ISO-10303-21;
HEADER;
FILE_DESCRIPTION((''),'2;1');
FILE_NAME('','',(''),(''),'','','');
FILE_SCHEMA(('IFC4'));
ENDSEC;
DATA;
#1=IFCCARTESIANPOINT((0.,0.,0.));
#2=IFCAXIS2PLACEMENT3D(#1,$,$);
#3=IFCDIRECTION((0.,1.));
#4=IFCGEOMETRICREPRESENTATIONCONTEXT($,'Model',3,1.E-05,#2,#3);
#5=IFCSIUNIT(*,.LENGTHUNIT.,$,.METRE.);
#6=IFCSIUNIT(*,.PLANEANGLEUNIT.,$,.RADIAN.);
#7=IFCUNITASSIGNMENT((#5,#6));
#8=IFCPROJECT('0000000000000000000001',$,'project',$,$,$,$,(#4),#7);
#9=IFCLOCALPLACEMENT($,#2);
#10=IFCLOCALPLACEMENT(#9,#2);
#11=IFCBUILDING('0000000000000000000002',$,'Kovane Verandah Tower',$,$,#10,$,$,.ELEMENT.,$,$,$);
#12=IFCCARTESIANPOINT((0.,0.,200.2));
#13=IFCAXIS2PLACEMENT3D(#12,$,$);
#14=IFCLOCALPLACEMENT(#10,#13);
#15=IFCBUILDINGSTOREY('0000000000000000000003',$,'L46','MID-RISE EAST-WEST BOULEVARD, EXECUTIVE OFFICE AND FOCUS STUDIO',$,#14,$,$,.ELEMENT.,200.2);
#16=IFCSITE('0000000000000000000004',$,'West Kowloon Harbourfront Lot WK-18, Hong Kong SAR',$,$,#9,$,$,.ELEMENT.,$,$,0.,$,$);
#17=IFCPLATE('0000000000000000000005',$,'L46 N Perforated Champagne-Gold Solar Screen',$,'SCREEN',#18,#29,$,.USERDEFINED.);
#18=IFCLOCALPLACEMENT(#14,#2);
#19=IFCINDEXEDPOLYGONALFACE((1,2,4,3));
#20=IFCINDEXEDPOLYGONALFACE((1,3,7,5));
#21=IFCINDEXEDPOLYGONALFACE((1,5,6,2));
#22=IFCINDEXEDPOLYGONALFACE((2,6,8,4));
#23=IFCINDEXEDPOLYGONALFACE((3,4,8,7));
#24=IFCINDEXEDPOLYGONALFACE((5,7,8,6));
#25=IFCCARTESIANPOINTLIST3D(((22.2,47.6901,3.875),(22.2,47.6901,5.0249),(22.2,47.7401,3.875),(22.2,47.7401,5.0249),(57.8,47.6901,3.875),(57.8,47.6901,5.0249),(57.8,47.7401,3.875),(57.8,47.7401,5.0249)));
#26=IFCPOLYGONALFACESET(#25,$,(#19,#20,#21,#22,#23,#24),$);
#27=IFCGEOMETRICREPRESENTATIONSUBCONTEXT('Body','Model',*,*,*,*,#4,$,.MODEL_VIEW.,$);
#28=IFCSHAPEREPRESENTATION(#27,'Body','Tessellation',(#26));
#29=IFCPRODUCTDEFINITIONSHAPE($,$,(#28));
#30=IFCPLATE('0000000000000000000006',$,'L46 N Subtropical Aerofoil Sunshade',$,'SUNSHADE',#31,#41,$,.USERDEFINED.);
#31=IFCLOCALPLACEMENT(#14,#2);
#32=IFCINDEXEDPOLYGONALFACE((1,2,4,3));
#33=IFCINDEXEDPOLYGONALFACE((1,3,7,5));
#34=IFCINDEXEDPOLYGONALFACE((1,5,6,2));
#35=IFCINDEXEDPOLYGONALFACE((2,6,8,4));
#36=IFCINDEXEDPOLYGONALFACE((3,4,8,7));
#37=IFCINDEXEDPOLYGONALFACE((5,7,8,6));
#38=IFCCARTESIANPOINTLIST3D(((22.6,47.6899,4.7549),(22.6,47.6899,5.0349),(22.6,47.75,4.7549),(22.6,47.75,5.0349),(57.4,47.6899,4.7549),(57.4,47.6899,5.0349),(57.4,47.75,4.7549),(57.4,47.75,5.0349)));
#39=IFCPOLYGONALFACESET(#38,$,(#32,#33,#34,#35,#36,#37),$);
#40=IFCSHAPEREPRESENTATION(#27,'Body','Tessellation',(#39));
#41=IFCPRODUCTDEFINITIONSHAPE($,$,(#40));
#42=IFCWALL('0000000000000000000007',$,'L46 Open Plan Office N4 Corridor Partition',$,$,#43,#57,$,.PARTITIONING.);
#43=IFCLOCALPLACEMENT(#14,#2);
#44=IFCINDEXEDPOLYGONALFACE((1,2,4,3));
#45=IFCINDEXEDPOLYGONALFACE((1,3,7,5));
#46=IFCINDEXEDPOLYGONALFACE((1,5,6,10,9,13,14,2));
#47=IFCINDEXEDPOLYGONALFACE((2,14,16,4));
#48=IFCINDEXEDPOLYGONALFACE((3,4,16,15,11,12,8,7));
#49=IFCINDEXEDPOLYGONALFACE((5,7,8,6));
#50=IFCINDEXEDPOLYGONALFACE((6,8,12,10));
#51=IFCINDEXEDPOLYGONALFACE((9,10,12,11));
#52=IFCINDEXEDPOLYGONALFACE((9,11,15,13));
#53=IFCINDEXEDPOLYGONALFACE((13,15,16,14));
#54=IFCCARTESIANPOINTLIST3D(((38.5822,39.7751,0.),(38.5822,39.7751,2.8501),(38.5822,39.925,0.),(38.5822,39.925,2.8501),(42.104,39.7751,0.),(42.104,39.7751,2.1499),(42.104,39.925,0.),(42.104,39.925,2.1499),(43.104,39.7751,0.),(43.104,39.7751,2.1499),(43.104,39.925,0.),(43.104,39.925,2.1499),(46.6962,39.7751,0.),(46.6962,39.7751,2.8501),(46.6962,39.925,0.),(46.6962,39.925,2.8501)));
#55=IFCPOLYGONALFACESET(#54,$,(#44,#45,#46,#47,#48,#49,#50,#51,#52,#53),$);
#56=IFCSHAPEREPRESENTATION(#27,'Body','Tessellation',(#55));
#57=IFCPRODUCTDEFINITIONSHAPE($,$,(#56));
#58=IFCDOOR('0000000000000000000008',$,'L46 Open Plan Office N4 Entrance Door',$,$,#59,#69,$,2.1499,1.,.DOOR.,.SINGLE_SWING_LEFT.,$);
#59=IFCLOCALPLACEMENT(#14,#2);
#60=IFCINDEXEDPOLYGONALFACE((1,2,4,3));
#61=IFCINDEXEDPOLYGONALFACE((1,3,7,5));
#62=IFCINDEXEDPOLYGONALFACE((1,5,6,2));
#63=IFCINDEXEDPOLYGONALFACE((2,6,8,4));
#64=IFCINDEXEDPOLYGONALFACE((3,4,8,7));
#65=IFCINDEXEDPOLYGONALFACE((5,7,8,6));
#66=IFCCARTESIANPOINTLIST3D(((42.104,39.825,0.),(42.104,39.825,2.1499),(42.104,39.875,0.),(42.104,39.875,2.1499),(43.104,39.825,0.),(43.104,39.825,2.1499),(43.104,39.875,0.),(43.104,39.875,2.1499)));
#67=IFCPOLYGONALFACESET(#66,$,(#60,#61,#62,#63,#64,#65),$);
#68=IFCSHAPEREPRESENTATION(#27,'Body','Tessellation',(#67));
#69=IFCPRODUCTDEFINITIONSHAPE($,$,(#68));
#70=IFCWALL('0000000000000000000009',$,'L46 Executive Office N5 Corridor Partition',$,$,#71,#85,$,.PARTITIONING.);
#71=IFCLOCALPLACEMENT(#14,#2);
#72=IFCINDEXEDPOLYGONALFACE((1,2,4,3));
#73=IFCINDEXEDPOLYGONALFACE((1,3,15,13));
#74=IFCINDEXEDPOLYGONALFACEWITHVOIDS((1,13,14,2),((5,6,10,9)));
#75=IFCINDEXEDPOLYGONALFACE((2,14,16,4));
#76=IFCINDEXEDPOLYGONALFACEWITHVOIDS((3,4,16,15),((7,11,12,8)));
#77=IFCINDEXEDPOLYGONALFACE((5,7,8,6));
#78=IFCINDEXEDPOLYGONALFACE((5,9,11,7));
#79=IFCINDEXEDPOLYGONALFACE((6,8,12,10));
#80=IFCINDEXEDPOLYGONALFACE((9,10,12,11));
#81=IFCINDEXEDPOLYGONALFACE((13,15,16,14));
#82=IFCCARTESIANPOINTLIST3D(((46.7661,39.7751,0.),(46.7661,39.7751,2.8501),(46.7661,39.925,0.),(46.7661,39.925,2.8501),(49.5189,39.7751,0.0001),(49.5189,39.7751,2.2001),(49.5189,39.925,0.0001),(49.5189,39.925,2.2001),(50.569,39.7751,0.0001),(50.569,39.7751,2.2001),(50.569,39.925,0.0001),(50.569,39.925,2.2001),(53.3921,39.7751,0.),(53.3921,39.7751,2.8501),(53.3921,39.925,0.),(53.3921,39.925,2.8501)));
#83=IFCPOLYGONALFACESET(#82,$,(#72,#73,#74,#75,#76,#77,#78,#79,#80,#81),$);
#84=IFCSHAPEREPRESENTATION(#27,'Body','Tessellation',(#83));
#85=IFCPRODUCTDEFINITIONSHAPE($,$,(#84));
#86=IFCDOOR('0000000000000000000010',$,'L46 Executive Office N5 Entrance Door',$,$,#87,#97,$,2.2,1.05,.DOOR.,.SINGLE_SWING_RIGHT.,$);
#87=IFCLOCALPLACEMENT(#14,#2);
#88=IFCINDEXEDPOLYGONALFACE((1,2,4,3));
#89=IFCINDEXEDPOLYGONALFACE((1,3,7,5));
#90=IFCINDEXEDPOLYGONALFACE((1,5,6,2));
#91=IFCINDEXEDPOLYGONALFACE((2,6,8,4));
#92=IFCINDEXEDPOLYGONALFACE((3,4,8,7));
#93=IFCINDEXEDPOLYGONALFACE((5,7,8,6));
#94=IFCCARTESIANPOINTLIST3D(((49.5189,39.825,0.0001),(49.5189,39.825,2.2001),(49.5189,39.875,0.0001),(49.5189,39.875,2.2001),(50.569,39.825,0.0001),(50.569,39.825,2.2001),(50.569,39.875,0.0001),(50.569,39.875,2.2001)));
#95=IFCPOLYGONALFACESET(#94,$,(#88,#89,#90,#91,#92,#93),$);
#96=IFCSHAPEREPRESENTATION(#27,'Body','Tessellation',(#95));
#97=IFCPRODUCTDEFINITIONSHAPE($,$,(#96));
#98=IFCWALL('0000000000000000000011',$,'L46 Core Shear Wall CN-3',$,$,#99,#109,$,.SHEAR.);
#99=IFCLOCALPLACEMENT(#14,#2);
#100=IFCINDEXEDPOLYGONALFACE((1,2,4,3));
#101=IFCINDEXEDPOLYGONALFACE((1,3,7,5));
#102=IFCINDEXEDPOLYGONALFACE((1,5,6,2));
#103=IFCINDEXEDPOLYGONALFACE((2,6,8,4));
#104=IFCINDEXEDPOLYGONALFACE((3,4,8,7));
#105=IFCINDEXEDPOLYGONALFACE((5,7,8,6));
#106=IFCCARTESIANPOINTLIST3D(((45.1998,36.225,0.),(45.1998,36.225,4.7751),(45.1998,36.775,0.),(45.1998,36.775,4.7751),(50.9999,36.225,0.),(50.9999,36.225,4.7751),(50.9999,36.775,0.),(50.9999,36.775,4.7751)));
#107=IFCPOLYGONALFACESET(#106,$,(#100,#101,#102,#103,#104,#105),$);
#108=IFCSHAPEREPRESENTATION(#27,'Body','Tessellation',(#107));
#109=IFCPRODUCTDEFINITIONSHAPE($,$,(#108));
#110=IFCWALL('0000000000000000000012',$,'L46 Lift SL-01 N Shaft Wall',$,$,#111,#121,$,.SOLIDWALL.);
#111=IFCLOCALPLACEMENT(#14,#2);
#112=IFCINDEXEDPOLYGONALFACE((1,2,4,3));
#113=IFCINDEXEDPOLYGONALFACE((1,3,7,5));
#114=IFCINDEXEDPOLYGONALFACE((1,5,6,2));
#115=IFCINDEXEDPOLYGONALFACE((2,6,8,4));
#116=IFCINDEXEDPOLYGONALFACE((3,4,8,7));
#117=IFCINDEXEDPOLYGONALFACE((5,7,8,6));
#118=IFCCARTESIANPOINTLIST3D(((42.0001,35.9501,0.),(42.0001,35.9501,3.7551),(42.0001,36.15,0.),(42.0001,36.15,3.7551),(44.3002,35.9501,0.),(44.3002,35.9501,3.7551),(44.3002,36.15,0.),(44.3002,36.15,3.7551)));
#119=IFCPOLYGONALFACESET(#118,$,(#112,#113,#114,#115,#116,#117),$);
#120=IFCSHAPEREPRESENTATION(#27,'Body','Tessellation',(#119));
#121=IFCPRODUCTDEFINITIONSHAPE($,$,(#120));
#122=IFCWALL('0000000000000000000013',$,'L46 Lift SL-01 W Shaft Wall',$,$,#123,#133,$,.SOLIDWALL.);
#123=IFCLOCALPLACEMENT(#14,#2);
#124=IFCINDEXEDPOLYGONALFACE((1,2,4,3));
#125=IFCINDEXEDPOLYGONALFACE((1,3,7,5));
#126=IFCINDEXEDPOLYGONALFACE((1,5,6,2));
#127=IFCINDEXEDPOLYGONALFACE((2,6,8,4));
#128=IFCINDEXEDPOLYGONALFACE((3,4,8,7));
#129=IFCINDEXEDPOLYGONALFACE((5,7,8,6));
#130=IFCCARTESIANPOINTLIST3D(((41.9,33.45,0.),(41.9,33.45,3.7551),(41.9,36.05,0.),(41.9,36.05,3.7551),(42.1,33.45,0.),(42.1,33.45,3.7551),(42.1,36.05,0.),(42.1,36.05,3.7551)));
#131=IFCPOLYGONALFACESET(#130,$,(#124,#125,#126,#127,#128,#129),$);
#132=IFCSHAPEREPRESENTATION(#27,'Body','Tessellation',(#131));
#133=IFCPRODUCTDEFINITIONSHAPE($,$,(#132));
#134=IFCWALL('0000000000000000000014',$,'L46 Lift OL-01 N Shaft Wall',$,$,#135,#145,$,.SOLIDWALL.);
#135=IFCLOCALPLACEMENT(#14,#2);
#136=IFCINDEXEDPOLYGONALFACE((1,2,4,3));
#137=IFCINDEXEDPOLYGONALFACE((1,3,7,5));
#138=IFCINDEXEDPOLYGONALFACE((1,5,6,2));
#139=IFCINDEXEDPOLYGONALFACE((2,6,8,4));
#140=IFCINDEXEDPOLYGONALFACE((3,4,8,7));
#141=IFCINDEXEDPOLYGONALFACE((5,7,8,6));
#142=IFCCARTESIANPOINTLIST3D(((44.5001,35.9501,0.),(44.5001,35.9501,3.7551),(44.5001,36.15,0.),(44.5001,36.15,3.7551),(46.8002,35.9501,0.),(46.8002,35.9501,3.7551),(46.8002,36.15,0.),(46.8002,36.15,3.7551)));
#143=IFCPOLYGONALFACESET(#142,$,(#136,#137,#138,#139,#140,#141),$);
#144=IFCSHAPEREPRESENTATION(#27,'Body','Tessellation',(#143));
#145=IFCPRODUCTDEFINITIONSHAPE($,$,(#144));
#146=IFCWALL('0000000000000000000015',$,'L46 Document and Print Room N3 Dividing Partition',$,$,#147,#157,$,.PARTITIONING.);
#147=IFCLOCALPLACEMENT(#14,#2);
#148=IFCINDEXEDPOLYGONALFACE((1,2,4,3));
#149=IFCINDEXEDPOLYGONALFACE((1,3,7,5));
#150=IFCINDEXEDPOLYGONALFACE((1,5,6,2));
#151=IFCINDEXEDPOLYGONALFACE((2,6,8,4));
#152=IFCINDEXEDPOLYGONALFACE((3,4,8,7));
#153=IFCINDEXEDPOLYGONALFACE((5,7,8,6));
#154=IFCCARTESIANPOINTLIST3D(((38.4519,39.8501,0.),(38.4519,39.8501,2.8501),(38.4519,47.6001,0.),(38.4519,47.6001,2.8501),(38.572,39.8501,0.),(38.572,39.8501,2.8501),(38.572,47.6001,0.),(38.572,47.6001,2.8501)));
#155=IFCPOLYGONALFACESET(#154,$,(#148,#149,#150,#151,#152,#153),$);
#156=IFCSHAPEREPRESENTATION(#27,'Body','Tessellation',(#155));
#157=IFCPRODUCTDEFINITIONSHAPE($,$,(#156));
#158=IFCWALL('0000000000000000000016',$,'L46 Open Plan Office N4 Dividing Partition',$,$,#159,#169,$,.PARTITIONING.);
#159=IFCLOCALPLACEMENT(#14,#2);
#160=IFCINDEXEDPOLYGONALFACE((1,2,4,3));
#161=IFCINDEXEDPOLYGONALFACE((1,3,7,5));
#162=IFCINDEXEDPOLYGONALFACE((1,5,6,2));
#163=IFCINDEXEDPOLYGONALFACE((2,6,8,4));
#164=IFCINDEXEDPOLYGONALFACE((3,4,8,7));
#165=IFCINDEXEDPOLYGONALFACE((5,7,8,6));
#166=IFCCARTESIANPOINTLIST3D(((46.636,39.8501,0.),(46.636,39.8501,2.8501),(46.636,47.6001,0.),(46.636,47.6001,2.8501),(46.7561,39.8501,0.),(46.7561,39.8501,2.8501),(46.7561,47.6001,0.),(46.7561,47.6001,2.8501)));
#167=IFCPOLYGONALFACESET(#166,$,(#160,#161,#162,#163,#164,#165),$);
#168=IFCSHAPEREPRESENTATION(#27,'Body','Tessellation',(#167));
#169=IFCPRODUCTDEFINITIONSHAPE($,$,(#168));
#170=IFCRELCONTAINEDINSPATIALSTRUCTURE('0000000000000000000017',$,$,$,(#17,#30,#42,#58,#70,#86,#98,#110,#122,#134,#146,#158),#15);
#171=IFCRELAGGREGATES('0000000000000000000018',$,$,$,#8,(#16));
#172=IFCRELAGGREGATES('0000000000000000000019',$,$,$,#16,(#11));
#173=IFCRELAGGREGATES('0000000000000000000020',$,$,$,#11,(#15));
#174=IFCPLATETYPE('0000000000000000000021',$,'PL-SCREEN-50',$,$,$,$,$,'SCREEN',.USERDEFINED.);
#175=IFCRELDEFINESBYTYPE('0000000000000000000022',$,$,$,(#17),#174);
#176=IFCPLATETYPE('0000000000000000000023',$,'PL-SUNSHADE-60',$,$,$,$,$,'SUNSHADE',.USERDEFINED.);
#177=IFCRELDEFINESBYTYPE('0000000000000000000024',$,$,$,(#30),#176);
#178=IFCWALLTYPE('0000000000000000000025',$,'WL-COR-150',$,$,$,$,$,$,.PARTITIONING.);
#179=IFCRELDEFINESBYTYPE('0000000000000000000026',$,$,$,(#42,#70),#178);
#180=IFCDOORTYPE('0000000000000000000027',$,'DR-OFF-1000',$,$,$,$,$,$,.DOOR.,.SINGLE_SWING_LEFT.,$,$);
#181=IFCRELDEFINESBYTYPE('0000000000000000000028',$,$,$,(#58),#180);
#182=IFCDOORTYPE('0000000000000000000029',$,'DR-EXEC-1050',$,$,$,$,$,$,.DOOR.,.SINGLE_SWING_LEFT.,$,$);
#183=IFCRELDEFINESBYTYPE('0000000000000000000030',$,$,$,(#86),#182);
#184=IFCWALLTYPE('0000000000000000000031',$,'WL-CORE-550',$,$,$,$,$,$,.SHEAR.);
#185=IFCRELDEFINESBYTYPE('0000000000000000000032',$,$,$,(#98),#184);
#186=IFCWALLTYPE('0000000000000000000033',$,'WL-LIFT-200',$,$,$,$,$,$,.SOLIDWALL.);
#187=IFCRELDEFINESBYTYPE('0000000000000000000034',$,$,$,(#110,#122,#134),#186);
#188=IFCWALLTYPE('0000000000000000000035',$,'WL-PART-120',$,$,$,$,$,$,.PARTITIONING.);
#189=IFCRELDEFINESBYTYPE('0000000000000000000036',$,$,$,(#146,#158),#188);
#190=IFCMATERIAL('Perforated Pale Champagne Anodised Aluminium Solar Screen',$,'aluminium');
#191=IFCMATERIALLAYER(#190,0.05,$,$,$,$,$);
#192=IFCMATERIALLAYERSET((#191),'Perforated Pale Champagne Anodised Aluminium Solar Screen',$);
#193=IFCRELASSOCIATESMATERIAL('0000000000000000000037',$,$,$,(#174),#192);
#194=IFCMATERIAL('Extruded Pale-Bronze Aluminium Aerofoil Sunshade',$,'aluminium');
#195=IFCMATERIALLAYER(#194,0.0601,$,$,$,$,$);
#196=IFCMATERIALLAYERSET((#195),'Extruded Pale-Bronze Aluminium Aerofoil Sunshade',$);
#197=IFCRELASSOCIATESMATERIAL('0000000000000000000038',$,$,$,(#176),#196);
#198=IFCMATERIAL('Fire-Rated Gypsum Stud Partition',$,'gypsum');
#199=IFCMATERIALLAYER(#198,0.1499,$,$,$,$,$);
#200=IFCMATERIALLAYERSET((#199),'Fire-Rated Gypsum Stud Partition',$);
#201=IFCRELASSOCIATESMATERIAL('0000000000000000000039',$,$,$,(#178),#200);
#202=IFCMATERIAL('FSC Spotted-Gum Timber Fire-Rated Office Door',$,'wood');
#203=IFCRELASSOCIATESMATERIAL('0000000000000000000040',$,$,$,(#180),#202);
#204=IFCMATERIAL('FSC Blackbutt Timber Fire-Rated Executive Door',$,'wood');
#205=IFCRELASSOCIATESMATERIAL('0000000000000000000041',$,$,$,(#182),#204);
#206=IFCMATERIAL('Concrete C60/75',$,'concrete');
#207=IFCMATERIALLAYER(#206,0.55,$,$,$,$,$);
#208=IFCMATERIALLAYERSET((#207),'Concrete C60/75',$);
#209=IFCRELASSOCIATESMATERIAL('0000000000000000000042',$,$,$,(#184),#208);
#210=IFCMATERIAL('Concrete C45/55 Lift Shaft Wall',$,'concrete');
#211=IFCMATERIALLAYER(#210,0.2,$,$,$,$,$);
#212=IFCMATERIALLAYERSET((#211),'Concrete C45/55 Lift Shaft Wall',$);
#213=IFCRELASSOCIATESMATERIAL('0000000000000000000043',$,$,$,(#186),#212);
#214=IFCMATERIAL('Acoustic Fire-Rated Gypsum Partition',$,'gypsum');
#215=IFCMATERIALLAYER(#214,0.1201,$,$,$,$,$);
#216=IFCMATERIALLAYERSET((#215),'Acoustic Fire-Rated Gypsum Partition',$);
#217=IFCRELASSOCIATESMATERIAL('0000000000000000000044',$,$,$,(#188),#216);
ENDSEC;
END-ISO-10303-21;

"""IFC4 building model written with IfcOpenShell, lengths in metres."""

from ifc_helpers import new_model, si_unit, direction, frame, frame_2d, origin, origin_2d, place, context, subcontext, project, spatial, rectangle, extrude, material, layer, layer_set, type_object, element, fill, save


model = new_model("IFC4")

# Units and contexts
model_context = context("Model", 3, precision=1e-05, world=origin(), true_north=direction((0.0, 1.0)))
body_context = subcontext(model_context, "Body", "Model", "MODEL_VIEW")
ifc_project = project(units=[si_unit("LENGTHUNIT", "METRE"), si_unit("PLANEANGLEUNIT", "RADIAN")], contexts=[model_context])

# Site, building, storey
site_placement = place(None, origin())
site = spatial("IfcSite", under=ifc_project, at=site_placement, Name="West Kowloon Harbourfront Lot WK-18, Hong Kong SAR", CompositionType="ELEMENT", RefElevation=0.0)
building_placement = place(site_placement, origin())
building = spatial("IfcBuilding", under=site, at=building_placement, Name="Kovane Verandah Tower", CompositionType="ELEMENT")
storey_placement = place(building_placement, frame((0.0, 0.0, 200.2)))
storey = spatial("IfcBuildingStorey", under=building, at=storey_placement, Name="L46", Description="MID-RISE EAST-WEST BOULEVARD, EXECUTIVE OFFICE AND FOCUS STUDIO", CompositionType="ELEMENT", Elevation=200.2)

# Shared definitions
ifc_material_1 = material(Name="Concrete C60/75", Category="concrete")

# Plates
ifc_material_2 = material(Name="Perforated Pale Champagne Anodised Aluminium Solar Screen", Category="aluminium")
ifc_layer_1 = layer(ifc_material_2, 0.05)
ifc_layer_set_1 = layer_set([ifc_layer_1], Name="Perforated Pale Champagne Anodised Aluminium Solar Screen")
plate_type_1 = type_object("IfcPlateType", Name="PL-SCREEN-50", ElementType="SCREEN", PredefinedType="USERDEFINED", material=ifc_layer_set_1)
plate_1_placement = place(storey_placement, frame((40.0, 47.7151, 3.875), z_axis=(0.0, 0.0, 1.0), x_axis=(-1.0, 0.0, 0.0)))
element("IfcPlate", 1, at=plate_1_placement, inside=storey, type_object=plate_type_1, Name="L46 N Perforated Champagne-Gold Solar Screen", ObjectType="SCREEN", PredefinedType="USERDEFINED", context=body_context, shape_type="SweptSolid", body=[
    extrude(rectangle(XDim=35.6001, YDim=0.05, at=origin_2d()), origin(), (0.0, 0.0, 1.0), 1.1499),
])
ifc_material_3 = material(Name="Extruded Pale-Bronze Aluminium Aerofoil Sunshade", Category="aluminium")
ifc_layer_2 = layer(ifc_material_3, 0.0601)
ifc_layer_set_2 = layer_set([ifc_layer_2], Name="Extruded Pale-Bronze Aluminium Aerofoil Sunshade")
plate_type_2 = type_object("IfcPlateType", Name="PL-SUNSHADE-60", ElementType="SUNSHADE", PredefinedType="USERDEFINED", material=ifc_layer_set_2)
plate_2_placement = place(storey_placement, frame((40.0, 47.72, 4.7549), z_axis=(0.0, 0.0, 1.0), x_axis=(-1.0, 0.0, 0.0)))
element("IfcPlate", 2, at=plate_2_placement, inside=storey, type_object=plate_type_2, Name="L46 N Subtropical Aerofoil Sunshade", ObjectType="SUNSHADE", PredefinedType="USERDEFINED", context=body_context, shape_type="SweptSolid", body=[
    extrude(rectangle(XDim=34.8, YDim=0.0601, at=origin_2d()), origin(), (0.0, 0.0, 1.0), 0.28),
])

# Walls, openings, doors
ifc_material_4 = material(Name="Fire-Rated Gypsum Stud Partition", Category="gypsum")
ifc_layer_3 = layer(ifc_material_4, 0.1499)
ifc_layer_set_3 = layer_set([ifc_layer_3], Name="Fire-Rated Gypsum Stud Partition")
wall_type_1 = type_object("IfcWallType", Name="WL-COR-150", PredefinedType="PARTITIONING", material=ifc_layer_set_3)
wall_1_placement = place(storey_placement, frame((38.582, 39.8501, 0.0), z_axis=(0.0, 0.0, 1.0), x_axis=(1.0, 0.0, 0.0)))
wall_1 = element("IfcWall", 3, at=wall_1_placement, inside=storey, type_object=wall_type_1, Name="L46 Open Plan Office N4 Corridor Partition", PredefinedType="PARTITIONING", context=body_context, shape_type="SweptSolid", body=[
    extrude(rectangle(XDim=8.114, YDim=0.1499, at=frame_2d((4.0571, 0.0))), origin(), (0.0, 0.0, 1.0), 2.8501),
])
opening_1_placement = place(wall_1_placement, frame((3.522, 0.0, 0.0)))
opening_1 = element("IfcOpeningElement", 4, at=opening_1_placement, cuts=wall_1, PredefinedType="OPENING", context=body_context, shape_type="SweptSolid", body=[
    extrude(rectangle(XDim=1.0, YDim=2.1499, at=frame_2d((0.5, 1.075))), frame((0.0, 0.075, 0.0), z_axis=(0.0, -1.0, 0.0), x_axis=(1.0, 0.0, 0.0)), (0.0, 0.0, 1.0), 0.1499),
])
ifc_material_5 = material(Name="FSC Spotted-Gum Timber Fire-Rated Office Door", Category="wood")
door_type_1 = type_object("IfcDoorType", Name="DR-OFF-1000", OperationType="SINGLE_SWING_LEFT", PredefinedType="DOOR", material=ifc_material_5)
door_1_placement = place(opening_1_placement, origin())
door_1 = element("IfcDoor", 5, at=door_1_placement, inside=storey, type_object=door_type_1, Name="L46 Open Plan Office N4 Entrance Door", OperationType="SINGLE_SWING_LEFT", OverallHeight=2.1499, OverallWidth=1.0, PredefinedType="DOOR", context=body_context, shape_type="SweptSolid", body=[
    extrude(rectangle(XDim=1.0, YDim=2.1499, at=frame_2d((0.5, 1.075))), frame((0.0, 0.0249, 0.0), z_axis=(0.0, -1.0, 0.0), x_axis=(1.0, 0.0, 0.0)), (0.0, 0.0, 1.0), 0.05),
])
fill(opening_1, door_1)
wall_2_placement = place(storey_placement, frame((46.7661, 39.8501, 0.0), z_axis=(0.0, 0.0, 1.0), x_axis=(1.0, 0.0, 0.0)))
wall_2 = element("IfcWall", 6, at=wall_2_placement, inside=storey, type_object=wall_type_1, Name="L46 Executive Office N5 Corridor Partition", PredefinedType="PARTITIONING", context=body_context, shape_type="SweptSolid", body=[
    extrude(rectangle(XDim=6.626, YDim=0.1499, at=frame_2d((3.313, 0.0))), origin(), (0.0, 0.0, 1.0), 2.8501),
])
opening_2_placement = place(wall_2_placement, frame((2.7529, 0.0, 0.0)))
opening_2 = element("IfcOpeningElement", 7, at=opening_2_placement, cuts=wall_2, PredefinedType="OPENING", context=body_context, shape_type="SweptSolid", body=[
    extrude(rectangle(XDim=1.05, YDim=2.2, at=frame_2d((0.5249, 1.1001))), frame((0.0, 0.075, 0.0), z_axis=(0.0, -1.0, 0.0), x_axis=(1.0, 0.0, 0.0)), (0.0, 0.0, 1.0), 0.1499),
])
ifc_material_6 = material(Name="FSC Blackbutt Timber Fire-Rated Executive Door", Category="wood")
door_type_2 = type_object("IfcDoorType", Name="DR-EXEC-1050", OperationType="SINGLE_SWING_LEFT", PredefinedType="DOOR", material=ifc_material_6)
door_2_placement = place(opening_2_placement, origin())
door_2 = element("IfcDoor", 8, at=door_2_placement, inside=storey, type_object=door_type_2, Name="L46 Executive Office N5 Entrance Door", OperationType="SINGLE_SWING_RIGHT", OverallHeight=2.2, OverallWidth=1.05, PredefinedType="DOOR", context=body_context, shape_type="SweptSolid", body=[
    extrude(rectangle(XDim=1.05, YDim=2.2, at=frame_2d((0.5249, 1.1001))), frame((0.0, 0.0249, 0.0), z_axis=(0.0, -1.0, 0.0), x_axis=(1.0, 0.0, 0.0)), (0.0, 0.0, 1.0), 0.05),
])
fill(opening_2, door_2)

# Walls
ifc_layer_4 = layer(ifc_material_1, 0.55)
ifc_layer_set_4 = layer_set([ifc_layer_4], Name="Concrete C60/75")
wall_type_2 = type_object("IfcWallType", Name="WL-CORE-550", PredefinedType="SHEAR", material=ifc_layer_set_4)
wall_3_placement = place(storey_placement, frame((45.2, 36.5, 0.0), z_axis=(0.0, 0.0, 1.0), x_axis=(1.0, 0.0, 0.0)))
element("IfcWall", 9, at=wall_3_placement, inside=storey, type_object=wall_type_2, Name="L46 Core Shear Wall CN-3", PredefinedType="SHEAR", context=body_context, shape_type="SweptSolid", body=[
    extrude(rectangle(XDim=5.8, YDim=0.55, at=frame_2d((2.8999, 0.0))), origin(), (0.0, 0.0, 1.0), 4.7751),
])
ifc_material_7 = material(Name="Concrete C45/55 Lift Shaft Wall", Category="concrete")
ifc_layer_5 = layer(ifc_material_7, 0.2)
ifc_layer_set_5 = layer_set([ifc_layer_5], Name="Concrete C45/55 Lift Shaft Wall")
wall_type_3 = type_object("IfcWallType", Name="WL-LIFT-200", PredefinedType="SOLIDWALL", material=ifc_layer_set_5)
wall_4_placement = place(storey_placement, frame((44.3, 36.05, 0.0), z_axis=(0.0, 0.0, 1.0), x_axis=(-1.0, 0.0, 0.0)))
element("IfcWall", 10, at=wall_4_placement, inside=storey, type_object=wall_type_3, Name="L46 Lift SL-01 N Shaft Wall", PredefinedType="SOLIDWALL", context=body_context, shape_type="SweptSolid", body=[
    extrude(rectangle(XDim=2.3, YDim=0.2, at=frame_2d((1.1499, 0.0))), origin(), (0.0, 0.0, 1.0), 3.7551),
])
wall_5_placement = place(storey_placement, frame((42.0, 36.05, 0.0), z_axis=(0.0, 0.0, 1.0), x_axis=(0.0, -1.0, 0.0)))
element("IfcWall", 11, at=wall_5_placement, inside=storey, type_object=wall_type_3, Name="L46 Lift SL-01 W Shaft Wall", PredefinedType="SOLIDWALL", context=body_context, shape_type="SweptSolid", body=[
    extrude(rectangle(XDim=2.6001, YDim=0.2, at=frame_2d((1.3, 0.0))), origin(), (0.0, 0.0, 1.0), 3.7551),
])
wall_6_placement = place(storey_placement, frame((46.8, 36.05, 0.0), z_axis=(0.0, 0.0, 1.0), x_axis=(-1.0, 0.0, 0.0)))
element("IfcWall", 12, at=wall_6_placement, inside=storey, type_object=wall_type_3, Name="L46 Lift OL-01 N Shaft Wall", PredefinedType="SOLIDWALL", context=body_context, shape_type="SweptSolid", body=[
    extrude(rectangle(XDim=2.3, YDim=0.2, at=frame_2d((1.1499, 0.0))), origin(), (0.0, 0.0, 1.0), 3.7551),
])
ifc_material_8 = material(Name="Acoustic Fire-Rated Gypsum Partition", Category="gypsum")
ifc_layer_6 = layer(ifc_material_8, 0.1201)
ifc_layer_set_6 = layer_set([ifc_layer_6], Name="Acoustic Fire-Rated Gypsum Partition")
wall_type_4 = type_object("IfcWallType", Name="WL-PART-120", PredefinedType="PARTITIONING", material=ifc_layer_set_6)
for number, where, z_axis, x_axis, name in (
    (13, (38.512, 39.8501, 0.0), (0.0, 0.0, 1.0), (0.0, 1.0, 0.0), "L46 Document and Print Room N3 Dividing Partition"),
    (14, (46.696, 39.8501, 0.0), (0.0, 0.0, 1.0), (0.0, 1.0, 0.0), "L46 Open Plan Office N4 Dividing Partition"),
):
    element("IfcWall", number, at=place(storey_placement, frame(where, z_axis=z_axis, x_axis=x_axis)), inside=storey, type_object=wall_type_4, Name=name, PredefinedType="PARTITIONING", context=body_context, shape_type="SweptSolid", body=[
        extrude(rectangle(XDim=7.75, YDim=0.1201, at=frame_2d((3.875, 0.0))), origin(), (0.0, 0.0, 1.0), 2.8501),
    ])

save(model, "model.ifc")
